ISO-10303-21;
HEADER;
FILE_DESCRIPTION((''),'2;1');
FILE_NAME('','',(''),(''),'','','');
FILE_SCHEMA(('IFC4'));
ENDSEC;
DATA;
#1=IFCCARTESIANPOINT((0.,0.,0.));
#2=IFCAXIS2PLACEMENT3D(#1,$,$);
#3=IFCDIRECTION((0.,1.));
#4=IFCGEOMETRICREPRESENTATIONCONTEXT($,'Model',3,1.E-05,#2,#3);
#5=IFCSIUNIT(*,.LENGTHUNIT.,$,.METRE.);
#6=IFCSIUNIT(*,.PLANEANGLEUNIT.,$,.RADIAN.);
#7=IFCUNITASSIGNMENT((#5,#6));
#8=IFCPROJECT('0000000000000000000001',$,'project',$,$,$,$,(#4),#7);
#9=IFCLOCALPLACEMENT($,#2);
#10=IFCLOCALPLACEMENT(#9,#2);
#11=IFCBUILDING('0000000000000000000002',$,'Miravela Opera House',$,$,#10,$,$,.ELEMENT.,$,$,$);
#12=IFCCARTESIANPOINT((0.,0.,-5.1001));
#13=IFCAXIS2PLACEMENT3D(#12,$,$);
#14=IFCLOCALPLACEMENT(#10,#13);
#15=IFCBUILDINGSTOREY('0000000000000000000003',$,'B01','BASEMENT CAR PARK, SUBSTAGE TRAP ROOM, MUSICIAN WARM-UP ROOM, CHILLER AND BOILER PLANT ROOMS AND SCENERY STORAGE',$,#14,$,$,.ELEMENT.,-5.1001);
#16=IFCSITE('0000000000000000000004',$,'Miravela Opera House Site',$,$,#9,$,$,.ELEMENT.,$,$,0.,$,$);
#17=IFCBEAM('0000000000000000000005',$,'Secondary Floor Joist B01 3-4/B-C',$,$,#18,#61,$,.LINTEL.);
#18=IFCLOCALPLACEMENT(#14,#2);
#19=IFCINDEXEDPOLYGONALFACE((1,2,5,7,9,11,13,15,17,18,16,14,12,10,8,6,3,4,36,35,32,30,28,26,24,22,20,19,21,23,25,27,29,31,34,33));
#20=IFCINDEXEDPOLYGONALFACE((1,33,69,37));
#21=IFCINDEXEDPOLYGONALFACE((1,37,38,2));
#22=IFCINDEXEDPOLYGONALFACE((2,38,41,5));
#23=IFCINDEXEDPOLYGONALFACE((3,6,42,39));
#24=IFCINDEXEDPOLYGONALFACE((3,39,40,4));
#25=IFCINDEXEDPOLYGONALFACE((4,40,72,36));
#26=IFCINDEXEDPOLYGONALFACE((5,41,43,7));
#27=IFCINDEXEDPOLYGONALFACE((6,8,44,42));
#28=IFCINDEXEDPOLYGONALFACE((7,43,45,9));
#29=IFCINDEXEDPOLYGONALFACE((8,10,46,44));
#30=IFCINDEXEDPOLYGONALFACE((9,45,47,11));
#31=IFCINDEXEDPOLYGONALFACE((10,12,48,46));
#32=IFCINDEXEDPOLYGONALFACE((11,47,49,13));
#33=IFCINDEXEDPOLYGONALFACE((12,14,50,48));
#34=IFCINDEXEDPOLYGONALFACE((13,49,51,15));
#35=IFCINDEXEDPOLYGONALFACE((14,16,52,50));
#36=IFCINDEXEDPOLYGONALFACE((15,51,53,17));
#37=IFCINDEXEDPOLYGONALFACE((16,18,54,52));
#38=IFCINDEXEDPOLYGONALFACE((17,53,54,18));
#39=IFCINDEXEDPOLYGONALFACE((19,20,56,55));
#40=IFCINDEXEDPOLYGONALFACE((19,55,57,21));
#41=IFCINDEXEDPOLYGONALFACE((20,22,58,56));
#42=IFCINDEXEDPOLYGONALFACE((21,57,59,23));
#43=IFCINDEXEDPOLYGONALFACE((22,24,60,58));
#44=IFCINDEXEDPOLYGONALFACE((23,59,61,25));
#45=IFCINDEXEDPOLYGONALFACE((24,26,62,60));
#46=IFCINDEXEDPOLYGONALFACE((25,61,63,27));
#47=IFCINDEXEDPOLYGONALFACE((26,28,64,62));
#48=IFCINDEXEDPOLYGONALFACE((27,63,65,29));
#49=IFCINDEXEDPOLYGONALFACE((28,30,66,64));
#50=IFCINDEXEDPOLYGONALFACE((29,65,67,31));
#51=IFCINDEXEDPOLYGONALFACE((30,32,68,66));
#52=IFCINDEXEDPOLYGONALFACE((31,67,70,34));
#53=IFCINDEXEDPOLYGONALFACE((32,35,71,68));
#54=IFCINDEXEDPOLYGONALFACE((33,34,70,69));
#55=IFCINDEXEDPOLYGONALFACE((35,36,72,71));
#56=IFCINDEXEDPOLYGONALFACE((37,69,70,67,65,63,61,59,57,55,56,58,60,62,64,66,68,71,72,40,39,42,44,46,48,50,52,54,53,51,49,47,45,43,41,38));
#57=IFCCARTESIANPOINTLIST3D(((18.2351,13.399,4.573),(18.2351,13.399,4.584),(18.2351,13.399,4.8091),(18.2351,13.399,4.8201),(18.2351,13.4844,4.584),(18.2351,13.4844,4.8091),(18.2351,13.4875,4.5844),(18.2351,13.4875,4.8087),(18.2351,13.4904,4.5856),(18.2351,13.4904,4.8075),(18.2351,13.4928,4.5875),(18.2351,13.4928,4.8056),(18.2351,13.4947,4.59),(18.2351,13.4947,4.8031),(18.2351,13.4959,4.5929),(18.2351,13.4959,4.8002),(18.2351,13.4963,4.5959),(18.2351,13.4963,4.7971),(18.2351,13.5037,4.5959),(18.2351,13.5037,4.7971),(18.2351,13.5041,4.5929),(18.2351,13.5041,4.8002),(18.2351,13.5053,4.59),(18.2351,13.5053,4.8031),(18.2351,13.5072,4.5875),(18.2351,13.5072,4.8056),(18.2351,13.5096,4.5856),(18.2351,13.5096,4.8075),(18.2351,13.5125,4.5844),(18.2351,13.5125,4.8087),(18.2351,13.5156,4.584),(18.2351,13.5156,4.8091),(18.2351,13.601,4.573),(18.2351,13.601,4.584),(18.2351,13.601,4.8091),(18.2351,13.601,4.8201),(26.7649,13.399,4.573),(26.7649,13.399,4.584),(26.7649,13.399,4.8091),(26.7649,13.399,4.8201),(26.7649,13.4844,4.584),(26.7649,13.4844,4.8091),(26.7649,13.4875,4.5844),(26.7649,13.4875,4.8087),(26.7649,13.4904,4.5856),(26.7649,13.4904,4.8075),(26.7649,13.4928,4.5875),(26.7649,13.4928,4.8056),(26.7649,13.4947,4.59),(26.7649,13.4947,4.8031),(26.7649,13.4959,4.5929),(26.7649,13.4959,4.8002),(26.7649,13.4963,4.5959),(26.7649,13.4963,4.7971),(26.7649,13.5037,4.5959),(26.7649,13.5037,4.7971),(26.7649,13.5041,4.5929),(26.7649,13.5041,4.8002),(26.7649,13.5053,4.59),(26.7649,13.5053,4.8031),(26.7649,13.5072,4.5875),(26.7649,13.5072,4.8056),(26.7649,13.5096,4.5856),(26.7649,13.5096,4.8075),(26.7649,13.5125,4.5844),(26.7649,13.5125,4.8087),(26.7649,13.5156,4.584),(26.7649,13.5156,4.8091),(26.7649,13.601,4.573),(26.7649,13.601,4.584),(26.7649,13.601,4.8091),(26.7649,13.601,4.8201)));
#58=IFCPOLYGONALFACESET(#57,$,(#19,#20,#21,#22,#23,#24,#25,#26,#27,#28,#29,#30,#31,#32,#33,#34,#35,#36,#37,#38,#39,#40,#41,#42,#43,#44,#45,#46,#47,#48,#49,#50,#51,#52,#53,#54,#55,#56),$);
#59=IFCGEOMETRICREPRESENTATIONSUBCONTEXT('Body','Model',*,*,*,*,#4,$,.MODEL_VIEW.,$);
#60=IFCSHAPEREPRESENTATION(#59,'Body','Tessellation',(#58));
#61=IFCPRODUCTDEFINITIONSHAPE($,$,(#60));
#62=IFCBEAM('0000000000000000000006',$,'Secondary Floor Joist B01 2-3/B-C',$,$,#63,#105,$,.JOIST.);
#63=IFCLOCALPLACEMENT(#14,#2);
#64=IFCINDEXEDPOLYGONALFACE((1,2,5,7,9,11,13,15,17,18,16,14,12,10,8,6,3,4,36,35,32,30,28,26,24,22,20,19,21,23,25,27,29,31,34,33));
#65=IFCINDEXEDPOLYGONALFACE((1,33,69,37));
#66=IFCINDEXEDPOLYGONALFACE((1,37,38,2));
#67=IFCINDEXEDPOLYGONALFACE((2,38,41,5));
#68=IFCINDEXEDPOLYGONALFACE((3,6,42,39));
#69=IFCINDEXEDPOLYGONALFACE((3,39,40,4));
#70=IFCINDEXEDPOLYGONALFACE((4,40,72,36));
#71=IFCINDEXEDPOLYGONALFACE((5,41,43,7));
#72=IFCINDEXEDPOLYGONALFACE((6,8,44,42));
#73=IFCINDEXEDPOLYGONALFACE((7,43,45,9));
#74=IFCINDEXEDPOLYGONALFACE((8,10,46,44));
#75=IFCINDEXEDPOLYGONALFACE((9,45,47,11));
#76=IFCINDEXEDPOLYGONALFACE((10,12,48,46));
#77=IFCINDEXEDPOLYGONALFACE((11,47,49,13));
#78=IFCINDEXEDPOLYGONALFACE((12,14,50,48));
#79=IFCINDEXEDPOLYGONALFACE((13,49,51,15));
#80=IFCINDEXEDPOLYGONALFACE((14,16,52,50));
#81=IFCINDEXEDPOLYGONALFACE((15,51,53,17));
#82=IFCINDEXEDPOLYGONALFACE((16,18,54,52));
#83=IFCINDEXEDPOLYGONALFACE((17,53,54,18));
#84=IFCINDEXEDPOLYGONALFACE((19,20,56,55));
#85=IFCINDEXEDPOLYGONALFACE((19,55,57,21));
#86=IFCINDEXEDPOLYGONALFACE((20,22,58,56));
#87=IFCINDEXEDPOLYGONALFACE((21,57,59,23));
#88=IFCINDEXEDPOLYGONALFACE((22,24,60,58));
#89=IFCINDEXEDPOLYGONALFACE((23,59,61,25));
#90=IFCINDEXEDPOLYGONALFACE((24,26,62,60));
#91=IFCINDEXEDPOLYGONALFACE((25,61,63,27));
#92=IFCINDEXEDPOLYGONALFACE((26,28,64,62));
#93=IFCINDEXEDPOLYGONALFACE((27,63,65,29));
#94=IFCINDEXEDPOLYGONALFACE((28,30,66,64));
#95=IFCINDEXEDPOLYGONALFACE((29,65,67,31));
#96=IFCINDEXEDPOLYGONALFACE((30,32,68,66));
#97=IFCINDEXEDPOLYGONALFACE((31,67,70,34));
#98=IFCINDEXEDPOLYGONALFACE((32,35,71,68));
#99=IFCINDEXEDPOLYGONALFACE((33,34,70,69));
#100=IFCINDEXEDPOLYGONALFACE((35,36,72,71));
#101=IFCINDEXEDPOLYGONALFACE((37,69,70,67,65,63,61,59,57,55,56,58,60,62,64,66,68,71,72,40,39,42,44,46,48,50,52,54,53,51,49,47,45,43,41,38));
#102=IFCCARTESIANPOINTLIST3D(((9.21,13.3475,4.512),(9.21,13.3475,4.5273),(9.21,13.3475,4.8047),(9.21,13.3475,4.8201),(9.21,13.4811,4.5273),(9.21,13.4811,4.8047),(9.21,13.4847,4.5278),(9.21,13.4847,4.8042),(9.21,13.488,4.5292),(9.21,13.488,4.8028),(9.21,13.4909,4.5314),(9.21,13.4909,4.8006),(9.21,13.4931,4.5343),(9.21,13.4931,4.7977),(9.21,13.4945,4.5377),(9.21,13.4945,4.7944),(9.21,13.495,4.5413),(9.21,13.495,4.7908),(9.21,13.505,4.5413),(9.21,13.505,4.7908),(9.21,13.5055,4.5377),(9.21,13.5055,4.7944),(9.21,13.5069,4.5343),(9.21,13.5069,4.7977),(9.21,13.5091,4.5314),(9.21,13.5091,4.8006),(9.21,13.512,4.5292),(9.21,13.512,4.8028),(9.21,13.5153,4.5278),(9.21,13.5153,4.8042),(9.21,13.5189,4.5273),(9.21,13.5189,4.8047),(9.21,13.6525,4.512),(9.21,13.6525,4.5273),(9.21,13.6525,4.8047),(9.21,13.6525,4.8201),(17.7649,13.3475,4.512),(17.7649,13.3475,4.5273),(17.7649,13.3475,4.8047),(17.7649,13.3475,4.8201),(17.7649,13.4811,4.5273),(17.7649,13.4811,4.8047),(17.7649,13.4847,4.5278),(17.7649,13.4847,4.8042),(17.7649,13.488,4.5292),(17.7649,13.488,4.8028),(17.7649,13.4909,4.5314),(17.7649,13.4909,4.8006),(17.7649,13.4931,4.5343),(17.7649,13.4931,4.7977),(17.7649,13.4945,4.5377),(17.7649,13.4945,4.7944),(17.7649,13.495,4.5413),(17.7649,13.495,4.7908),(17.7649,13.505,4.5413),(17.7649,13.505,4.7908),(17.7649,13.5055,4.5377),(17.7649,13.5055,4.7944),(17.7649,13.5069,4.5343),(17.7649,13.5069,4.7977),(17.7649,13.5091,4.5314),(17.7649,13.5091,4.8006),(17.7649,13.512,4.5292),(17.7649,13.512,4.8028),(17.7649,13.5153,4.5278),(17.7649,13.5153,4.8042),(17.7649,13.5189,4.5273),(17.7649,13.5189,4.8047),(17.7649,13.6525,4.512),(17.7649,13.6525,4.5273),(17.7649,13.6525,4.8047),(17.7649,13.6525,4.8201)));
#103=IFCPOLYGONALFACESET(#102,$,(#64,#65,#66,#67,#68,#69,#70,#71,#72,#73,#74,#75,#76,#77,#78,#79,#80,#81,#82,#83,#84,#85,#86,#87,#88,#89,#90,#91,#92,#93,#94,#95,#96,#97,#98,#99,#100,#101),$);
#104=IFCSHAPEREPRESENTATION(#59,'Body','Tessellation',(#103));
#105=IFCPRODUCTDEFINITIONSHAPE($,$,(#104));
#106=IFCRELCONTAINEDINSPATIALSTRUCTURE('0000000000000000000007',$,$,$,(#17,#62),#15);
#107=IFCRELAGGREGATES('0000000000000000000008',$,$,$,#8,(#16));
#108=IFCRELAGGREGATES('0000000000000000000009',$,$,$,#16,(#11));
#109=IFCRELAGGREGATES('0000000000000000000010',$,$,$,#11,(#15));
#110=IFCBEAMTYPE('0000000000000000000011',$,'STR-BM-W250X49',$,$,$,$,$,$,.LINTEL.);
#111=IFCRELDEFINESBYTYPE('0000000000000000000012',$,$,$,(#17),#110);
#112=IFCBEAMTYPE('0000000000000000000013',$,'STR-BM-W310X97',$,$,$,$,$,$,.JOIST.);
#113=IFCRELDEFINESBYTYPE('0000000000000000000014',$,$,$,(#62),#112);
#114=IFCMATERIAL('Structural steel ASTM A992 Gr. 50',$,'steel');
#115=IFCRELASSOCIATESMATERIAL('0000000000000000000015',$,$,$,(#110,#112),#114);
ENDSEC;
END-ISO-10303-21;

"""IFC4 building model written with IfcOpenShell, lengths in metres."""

from ifc_helpers import new_model, si_unit, direction, frame, origin, origin_2d, place, context, subcontext, project, spatial, i_section, extrude, material, material_profile, profile_set, type_object, element, save


model = new_model("IFC4")

# Units and contexts
model_context = context("Model", 3, precision=1e-05, world=origin(), true_north=direction((0.0, 1.0)))
body_context = subcontext(model_context, "Body", "Model", "MODEL_VIEW")
ifc_project = project(units=[si_unit("LENGTHUNIT", "METRE"), si_unit("PLANEANGLEUNIT", "RADIAN")], contexts=[model_context])

# Site, building, storey
site_placement = place(None, origin())
site = spatial("IfcSite", under=ifc_project, at=site_placement, Name="Miravela Opera House Site", CompositionType="ELEMENT", RefElevation=0.0)
building_placement = place(site_placement, origin())
building = spatial("IfcBuilding", under=site, at=building_placement, Name="Miravela Opera House", CompositionType="ELEMENT")
storey_placement = place(building_placement, frame((0.0, 0.0, -5.1001)))
storey = spatial("IfcBuildingStorey", under=building, at=storey_placement, Name="B01", Description="BASEMENT CAR PARK, SUBSTAGE TRAP ROOM, MUSICIAN WARM-UP ROOM, CHILLER AND BOILER PLANT ROOMS AND SCENERY STORAGE", CompositionType="ELEMENT", Elevation=-5.1001)

# Beams
ifc_material_1 = material(Name="Structural steel ASTM A992 Gr. 50", Category="steel")
ifc_material_profile_1 = material_profile(ifc_material_1, i_section(OverallWidth=0.2019, OverallDepth=0.2471, WebThickness=0.0073, FlangeThickness=0.011, FilletRadius=0.012, at=origin_2d()), Name="W250X49")
ifc_profile_set_1 = profile_set([ifc_material_profile_1])
beam_type_1 = type_object("IfcBeamType", Name="STR-BM-W250X49", PredefinedType="LINTEL", material=ifc_profile_set_1)
beam_1_placement = place(storey_placement, frame((18.2351, 13.5, 4.6965), z_axis=(1.0, 0.0, 0.0), x_axis=(0.0, 1.0, 0.0)))
element("IfcBeam", 1, at=beam_1_placement, inside=storey, type_object=beam_type_1, Name="Secondary Floor Joist B01 3-4/B-C", PredefinedType="LINTEL", context=body_context, shape_type="SweptSolid", body=[
    extrude(i_section(OverallWidth=0.2019, OverallDepth=0.2471, WebThickness=0.0073, FlangeThickness=0.011, FilletRadius=0.012, at=origin_2d()), origin(), (0.0, 0.0, 1.0), 8.5298),
])
ifc_material_profile_2 = material_profile(ifc_material_1, i_section(OverallWidth=0.3049, OverallDepth=0.3081, WebThickness=0.01, FlangeThickness=0.0154, FilletRadius=0.0139, at=origin_2d()), Name="W310X97")
ifc_profile_set_2 = profile_set([ifc_material_profile_2])
beam_type_2 = type_object("IfcBeamType", Name="STR-BM-W310X97", PredefinedType="JOIST", material=ifc_profile_set_2)
beam_2_placement = place(storey_placement, frame((9.21, 13.5, 4.666), z_axis=(1.0, 0.0, 0.0), x_axis=(0.0, 1.0, 0.0)))
element("IfcBeam", 2, at=beam_2_placement, inside=storey, type_object=beam_type_2, Name="Secondary Floor Joist B01 2-3/B-C", PredefinedType="JOIST", context=body_context, shape_type="SweptSolid", body=[
    extrude(i_section(OverallWidth=0.3049, OverallDepth=0.3081, WebThickness=0.01, FlangeThickness=0.0154, FilletRadius=0.0139, at=origin_2d()), origin(), (0.0, 0.0, 1.0), 8.5549),
])

save(model, "model.ifc")
